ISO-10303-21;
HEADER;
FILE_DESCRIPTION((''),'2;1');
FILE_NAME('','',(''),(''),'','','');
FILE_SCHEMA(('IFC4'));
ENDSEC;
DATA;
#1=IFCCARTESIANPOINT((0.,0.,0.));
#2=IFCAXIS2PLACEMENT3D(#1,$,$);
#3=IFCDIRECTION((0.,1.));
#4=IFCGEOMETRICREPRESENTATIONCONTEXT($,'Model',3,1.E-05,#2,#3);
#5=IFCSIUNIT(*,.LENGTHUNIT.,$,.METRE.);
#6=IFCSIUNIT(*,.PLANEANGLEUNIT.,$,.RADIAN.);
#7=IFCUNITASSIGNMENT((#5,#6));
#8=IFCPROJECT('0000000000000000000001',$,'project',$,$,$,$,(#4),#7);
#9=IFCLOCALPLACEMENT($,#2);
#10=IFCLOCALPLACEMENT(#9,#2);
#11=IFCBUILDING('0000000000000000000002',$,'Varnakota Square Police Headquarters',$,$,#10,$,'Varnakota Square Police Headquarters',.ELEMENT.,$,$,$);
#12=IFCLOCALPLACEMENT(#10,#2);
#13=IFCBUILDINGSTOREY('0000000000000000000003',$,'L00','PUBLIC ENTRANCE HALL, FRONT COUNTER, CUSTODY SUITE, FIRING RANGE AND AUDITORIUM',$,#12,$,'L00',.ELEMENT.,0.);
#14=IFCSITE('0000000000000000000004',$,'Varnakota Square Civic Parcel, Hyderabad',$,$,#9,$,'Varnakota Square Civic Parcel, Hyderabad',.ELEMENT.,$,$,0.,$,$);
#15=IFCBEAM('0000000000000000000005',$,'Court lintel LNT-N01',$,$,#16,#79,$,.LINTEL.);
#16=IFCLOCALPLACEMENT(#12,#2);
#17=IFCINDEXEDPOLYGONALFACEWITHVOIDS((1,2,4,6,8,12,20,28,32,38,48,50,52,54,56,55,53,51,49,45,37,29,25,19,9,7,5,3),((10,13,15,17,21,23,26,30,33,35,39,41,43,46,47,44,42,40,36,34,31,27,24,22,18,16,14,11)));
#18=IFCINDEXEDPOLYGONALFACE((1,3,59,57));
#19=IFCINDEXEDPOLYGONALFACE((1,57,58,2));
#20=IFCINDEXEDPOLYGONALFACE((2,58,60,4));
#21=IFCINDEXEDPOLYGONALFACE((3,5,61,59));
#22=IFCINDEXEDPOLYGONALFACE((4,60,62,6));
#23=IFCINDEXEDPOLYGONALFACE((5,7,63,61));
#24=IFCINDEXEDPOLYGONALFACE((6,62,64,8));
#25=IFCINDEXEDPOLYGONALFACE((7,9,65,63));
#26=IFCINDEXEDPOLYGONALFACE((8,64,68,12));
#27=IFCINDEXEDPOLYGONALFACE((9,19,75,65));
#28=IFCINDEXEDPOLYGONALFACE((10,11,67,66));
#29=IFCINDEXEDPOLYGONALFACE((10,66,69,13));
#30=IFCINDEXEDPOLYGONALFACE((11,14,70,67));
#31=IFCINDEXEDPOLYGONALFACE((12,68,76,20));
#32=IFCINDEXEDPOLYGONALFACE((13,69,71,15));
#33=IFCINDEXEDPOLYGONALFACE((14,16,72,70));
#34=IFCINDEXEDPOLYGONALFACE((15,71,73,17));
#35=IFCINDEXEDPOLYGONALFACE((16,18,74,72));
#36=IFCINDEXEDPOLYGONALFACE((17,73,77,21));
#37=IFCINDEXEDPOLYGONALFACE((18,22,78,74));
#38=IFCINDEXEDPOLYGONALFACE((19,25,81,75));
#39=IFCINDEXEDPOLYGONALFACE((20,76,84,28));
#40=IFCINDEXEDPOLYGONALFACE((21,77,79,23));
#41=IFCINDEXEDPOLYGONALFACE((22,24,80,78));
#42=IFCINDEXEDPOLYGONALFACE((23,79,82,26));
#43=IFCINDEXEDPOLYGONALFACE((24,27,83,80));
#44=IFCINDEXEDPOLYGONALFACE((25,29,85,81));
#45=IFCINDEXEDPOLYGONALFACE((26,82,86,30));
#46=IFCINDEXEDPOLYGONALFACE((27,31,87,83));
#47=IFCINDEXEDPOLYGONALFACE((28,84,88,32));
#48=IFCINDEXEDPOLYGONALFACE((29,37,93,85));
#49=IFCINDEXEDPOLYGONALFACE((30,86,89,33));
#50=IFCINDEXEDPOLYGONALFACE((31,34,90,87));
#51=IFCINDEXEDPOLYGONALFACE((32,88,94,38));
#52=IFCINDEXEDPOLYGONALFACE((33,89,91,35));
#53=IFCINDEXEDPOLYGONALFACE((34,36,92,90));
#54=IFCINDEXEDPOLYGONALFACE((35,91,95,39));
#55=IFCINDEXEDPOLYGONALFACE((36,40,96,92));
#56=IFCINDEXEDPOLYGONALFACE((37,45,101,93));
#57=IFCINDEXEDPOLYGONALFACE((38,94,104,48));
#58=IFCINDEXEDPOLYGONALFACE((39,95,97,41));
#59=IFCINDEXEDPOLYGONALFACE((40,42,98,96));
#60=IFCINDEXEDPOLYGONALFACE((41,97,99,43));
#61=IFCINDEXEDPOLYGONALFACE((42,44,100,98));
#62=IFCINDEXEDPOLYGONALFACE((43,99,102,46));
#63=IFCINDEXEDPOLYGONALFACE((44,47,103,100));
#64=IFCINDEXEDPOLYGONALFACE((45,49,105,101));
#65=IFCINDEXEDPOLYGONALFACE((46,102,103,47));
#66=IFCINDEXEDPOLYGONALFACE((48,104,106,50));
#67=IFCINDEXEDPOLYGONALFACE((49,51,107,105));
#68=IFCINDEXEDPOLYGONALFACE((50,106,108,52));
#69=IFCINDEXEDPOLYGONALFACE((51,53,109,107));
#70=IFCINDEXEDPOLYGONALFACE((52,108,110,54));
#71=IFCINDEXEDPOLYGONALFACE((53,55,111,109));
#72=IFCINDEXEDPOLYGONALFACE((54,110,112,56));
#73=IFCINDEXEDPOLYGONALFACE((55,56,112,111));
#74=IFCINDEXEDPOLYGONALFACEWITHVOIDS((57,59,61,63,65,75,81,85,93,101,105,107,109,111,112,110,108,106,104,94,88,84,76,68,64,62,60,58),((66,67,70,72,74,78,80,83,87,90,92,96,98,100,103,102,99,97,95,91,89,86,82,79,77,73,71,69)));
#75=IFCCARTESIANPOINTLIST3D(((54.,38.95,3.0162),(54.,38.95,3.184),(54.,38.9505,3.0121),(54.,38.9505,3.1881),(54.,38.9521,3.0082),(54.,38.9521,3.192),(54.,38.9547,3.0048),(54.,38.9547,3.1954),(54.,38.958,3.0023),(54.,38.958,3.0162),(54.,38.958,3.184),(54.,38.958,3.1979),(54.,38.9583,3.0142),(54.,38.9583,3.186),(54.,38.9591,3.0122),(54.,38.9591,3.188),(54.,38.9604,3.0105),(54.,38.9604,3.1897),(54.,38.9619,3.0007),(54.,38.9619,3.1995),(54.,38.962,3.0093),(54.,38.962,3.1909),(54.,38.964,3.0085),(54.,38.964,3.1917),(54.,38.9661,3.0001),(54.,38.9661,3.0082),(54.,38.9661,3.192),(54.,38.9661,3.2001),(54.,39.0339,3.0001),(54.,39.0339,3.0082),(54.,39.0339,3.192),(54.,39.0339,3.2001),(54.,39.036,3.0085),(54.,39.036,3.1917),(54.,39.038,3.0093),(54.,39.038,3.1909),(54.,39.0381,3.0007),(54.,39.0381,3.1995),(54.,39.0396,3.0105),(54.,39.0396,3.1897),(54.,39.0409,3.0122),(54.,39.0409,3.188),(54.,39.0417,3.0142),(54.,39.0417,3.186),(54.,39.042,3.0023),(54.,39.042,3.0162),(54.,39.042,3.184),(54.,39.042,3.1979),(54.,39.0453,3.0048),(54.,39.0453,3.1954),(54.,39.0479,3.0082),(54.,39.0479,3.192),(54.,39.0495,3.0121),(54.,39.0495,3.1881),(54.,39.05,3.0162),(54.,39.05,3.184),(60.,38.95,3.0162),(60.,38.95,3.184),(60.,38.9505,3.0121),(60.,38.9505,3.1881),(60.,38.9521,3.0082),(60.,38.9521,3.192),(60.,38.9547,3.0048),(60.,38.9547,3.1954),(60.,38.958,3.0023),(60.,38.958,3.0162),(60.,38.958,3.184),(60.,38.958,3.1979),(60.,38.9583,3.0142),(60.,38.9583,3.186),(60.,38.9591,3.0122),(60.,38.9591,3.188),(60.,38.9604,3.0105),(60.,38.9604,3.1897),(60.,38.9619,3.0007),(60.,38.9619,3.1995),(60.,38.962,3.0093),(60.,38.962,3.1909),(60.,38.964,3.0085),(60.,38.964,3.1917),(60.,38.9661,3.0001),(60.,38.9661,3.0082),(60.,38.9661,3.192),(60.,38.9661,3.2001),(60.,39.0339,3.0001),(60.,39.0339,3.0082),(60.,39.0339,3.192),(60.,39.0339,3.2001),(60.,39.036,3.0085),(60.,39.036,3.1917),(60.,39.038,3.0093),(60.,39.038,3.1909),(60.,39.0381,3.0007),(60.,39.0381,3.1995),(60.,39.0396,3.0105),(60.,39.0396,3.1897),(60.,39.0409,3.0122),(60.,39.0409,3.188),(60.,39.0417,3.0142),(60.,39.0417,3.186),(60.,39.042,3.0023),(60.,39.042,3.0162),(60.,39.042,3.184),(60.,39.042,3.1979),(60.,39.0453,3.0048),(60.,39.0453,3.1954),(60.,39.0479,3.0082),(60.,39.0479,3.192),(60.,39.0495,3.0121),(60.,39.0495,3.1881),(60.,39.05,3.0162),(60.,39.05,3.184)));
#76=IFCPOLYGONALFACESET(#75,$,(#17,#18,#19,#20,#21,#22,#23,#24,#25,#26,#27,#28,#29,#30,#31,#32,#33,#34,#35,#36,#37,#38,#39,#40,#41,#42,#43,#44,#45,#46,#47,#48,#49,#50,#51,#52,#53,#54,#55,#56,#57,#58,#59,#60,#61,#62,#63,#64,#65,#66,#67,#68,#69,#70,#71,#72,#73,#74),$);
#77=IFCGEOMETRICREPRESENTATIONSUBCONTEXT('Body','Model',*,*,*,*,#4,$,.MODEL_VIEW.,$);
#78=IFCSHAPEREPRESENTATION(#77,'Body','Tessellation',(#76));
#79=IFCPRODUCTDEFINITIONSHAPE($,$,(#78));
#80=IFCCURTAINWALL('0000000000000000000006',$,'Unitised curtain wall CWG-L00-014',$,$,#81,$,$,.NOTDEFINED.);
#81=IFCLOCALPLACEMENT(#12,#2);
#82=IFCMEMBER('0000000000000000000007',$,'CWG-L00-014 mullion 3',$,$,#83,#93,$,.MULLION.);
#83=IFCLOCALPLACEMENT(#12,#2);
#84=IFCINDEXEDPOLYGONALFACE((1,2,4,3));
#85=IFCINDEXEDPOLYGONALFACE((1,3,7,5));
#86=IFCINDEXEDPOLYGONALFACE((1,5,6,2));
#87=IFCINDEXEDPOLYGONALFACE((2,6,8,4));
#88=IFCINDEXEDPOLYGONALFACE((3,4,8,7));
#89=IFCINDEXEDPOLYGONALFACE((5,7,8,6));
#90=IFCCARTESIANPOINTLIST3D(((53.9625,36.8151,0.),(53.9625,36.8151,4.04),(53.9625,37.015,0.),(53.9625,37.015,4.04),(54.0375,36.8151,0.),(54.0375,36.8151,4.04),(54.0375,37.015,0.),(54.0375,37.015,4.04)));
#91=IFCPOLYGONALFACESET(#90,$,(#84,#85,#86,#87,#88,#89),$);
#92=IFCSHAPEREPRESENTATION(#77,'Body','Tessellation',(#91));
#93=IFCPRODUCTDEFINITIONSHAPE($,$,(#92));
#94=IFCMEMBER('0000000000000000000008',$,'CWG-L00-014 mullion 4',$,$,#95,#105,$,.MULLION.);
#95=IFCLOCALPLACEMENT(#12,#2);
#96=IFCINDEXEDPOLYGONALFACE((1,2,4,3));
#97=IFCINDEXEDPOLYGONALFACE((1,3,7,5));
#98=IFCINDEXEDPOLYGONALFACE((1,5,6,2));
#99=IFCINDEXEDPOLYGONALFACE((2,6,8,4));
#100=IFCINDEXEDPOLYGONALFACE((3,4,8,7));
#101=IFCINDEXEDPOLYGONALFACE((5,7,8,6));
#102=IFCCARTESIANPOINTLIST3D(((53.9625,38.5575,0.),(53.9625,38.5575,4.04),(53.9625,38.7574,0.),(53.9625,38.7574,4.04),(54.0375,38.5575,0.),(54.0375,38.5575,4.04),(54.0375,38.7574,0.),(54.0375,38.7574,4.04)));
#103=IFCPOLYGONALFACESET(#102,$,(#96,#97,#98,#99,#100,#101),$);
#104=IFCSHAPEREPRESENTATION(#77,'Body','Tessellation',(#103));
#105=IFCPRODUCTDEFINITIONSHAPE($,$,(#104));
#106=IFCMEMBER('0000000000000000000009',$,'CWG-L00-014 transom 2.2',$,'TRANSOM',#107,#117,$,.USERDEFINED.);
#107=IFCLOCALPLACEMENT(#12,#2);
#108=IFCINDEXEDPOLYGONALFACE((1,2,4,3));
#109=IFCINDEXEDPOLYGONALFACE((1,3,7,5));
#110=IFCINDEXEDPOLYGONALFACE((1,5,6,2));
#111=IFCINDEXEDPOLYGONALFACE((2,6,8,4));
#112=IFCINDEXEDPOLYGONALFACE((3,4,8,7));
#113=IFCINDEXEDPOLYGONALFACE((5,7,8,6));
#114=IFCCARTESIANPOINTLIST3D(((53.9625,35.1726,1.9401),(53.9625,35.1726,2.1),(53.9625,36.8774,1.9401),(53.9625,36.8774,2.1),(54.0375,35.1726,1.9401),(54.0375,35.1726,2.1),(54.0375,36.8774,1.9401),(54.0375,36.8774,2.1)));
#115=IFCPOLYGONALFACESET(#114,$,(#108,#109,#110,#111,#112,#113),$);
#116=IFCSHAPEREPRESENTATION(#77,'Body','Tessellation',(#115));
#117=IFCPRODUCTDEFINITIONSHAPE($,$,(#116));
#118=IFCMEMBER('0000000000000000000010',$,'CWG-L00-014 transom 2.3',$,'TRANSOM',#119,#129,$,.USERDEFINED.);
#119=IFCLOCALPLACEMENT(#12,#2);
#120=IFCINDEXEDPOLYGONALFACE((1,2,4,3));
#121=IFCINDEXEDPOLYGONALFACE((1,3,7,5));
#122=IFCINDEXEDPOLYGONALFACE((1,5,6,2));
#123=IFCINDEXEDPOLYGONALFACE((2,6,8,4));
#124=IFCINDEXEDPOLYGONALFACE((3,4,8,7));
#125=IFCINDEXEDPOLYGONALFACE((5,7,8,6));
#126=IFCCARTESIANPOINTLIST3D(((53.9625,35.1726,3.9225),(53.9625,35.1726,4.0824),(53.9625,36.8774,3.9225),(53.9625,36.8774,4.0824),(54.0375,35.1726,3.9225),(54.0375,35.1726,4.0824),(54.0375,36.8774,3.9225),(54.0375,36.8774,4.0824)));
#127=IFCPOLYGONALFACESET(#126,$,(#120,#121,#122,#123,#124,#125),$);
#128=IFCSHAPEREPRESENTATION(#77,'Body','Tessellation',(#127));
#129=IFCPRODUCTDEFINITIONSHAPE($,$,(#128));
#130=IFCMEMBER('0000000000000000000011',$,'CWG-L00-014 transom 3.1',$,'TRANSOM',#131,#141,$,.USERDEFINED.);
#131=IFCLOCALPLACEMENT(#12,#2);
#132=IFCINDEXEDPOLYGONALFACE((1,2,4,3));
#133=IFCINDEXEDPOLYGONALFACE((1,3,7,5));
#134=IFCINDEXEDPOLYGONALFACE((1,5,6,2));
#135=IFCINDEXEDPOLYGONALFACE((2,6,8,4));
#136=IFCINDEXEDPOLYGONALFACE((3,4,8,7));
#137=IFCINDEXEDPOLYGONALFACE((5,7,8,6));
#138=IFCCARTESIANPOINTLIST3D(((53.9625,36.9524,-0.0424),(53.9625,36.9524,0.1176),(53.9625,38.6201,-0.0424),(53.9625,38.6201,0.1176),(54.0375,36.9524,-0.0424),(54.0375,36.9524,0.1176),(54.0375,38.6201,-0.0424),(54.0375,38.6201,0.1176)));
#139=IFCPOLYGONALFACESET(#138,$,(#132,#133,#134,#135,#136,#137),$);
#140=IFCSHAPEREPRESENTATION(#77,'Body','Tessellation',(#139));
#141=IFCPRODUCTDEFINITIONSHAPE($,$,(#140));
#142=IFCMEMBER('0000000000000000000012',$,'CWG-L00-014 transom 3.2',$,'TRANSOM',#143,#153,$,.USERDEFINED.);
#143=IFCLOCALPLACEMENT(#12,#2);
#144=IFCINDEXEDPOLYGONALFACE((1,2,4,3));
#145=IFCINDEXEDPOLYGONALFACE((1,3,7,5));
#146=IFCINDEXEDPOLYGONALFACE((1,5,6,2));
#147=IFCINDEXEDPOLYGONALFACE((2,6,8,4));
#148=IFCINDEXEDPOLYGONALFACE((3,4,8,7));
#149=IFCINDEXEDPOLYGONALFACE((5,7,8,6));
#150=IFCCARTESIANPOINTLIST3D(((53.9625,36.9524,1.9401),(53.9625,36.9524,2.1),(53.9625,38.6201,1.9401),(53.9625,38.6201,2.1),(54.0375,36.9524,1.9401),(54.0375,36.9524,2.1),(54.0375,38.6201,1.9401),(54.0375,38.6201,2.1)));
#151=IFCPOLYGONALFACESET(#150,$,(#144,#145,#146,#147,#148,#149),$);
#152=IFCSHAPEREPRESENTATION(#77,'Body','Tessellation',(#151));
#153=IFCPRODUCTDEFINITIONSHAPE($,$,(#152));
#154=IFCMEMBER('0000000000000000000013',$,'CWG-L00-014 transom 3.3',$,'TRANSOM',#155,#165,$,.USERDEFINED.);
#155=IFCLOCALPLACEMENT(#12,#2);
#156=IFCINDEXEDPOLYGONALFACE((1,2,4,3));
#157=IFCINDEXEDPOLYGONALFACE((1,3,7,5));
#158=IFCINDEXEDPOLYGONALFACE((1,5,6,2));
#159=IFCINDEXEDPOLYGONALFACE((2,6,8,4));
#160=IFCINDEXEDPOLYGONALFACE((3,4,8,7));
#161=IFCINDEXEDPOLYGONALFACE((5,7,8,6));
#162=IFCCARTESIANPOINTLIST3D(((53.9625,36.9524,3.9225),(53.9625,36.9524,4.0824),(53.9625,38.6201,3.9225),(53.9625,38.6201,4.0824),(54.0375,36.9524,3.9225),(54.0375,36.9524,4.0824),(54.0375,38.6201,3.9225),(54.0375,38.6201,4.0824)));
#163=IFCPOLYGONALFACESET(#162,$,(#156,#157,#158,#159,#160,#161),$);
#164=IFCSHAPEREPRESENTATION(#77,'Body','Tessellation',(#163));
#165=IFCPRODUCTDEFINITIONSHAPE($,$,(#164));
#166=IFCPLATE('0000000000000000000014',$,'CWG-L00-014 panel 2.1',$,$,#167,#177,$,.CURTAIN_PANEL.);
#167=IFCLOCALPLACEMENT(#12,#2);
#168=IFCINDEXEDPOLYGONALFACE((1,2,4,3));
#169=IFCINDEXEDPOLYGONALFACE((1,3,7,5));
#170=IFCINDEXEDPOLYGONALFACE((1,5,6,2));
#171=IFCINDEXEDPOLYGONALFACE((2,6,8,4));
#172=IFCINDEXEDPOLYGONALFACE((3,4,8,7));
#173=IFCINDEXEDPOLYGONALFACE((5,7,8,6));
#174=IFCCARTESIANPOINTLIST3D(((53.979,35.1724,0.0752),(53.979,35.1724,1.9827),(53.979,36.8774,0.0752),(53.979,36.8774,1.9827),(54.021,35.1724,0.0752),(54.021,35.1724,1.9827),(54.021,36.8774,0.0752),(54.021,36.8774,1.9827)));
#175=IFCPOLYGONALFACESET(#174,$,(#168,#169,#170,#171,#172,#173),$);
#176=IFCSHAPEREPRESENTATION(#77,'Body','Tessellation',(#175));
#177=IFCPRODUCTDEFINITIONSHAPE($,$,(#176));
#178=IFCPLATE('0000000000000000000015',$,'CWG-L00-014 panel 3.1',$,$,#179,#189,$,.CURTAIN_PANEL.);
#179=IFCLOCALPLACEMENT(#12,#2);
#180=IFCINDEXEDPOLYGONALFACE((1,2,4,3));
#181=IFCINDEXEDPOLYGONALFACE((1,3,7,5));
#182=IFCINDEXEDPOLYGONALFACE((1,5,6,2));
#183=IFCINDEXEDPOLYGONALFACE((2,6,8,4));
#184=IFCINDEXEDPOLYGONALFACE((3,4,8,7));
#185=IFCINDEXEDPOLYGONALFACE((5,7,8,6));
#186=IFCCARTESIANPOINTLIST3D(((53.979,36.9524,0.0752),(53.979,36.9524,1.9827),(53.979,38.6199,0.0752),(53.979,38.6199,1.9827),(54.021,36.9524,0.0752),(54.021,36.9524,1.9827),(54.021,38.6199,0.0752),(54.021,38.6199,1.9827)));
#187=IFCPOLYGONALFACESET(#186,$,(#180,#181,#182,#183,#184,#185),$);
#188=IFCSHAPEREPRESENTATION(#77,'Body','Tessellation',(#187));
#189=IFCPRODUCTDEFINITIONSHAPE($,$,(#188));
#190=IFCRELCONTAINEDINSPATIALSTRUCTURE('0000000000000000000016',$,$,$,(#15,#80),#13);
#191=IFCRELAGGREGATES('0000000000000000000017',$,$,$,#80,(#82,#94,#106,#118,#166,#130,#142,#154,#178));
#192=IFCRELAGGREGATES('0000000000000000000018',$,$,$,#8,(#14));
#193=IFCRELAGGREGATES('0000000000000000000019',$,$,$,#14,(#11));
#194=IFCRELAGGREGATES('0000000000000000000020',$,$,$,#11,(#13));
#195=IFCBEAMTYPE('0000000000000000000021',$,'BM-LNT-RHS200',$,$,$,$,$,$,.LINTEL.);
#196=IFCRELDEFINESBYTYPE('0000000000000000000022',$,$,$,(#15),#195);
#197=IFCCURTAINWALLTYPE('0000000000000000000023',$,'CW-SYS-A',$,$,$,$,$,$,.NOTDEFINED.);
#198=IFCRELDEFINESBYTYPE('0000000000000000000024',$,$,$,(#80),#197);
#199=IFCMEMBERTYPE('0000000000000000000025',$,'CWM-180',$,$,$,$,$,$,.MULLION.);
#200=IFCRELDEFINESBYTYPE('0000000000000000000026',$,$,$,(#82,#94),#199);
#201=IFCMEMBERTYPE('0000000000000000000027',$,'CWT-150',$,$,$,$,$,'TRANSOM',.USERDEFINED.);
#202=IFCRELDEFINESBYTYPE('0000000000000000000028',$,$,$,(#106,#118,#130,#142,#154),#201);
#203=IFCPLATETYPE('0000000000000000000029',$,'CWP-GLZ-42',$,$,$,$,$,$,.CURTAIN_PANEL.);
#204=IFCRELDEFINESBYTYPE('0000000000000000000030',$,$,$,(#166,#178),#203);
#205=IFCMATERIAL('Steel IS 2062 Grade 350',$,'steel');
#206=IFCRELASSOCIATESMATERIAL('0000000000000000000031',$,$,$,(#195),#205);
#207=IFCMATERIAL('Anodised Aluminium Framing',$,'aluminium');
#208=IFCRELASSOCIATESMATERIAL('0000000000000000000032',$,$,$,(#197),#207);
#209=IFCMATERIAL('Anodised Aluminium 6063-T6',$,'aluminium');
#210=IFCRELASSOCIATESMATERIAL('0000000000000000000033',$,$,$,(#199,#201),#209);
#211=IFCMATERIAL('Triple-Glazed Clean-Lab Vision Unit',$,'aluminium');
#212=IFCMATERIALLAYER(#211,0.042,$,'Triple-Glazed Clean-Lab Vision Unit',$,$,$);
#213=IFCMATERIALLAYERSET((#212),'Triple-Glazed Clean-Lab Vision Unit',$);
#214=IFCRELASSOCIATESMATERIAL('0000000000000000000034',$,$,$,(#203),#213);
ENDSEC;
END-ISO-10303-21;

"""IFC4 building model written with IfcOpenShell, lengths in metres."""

from ifc_helpers import new_model, si_unit, direction, frame, origin, origin_2d, place, context, subcontext, project, spatial, rectangle, hollow_rectangle, extrude, material, layer, layer_set, material_profile, profile_set, type_object, element, aggregate, save


model = new_model("IFC4")

# Units and contexts
model_context = context("Model", 3, precision=1e-05, world=origin(), true_north=direction((0.0, 1.0)))
body_context = subcontext(model_context, "Body", "Model", "MODEL_VIEW")
ifc_project = project(units=[si_unit("LENGTHUNIT", "METRE"), si_unit("PLANEANGLEUNIT", "RADIAN")], contexts=[model_context])

# Site, building, storey
site_placement = place(None, origin())
site = spatial("IfcSite", under=ifc_project, at=site_placement, Name="Varnakota Square Civic Parcel, Hyderabad", LongName="Varnakota Square Civic Parcel, Hyderabad", CompositionType="ELEMENT", RefElevation=0.0)
building_placement = place(site_placement, origin())
building = spatial("IfcBuilding", under=site, at=building_placement, Name="Varnakota Square Police Headquarters", LongName="Varnakota Square Police Headquarters", CompositionType="ELEMENT")
storey_placement = place(building_placement, origin())
storey = spatial("IfcBuildingStorey", under=building, at=storey_placement, Name="L00", Description="PUBLIC ENTRANCE HALL, FRONT COUNTER, CUSTODY SUITE, FIRING RANGE AND AUDITORIUM", LongName="L00", CompositionType="ELEMENT", Elevation=0.0)

# Beam
ifc_material_1 = material(Name="Steel IS 2062 Grade 350", Category="steel")
ifc_material_profile_1 = material_profile(ifc_material_1, hollow_rectangle(XDim=0.1001, YDim=0.2, WallThickness=0.0081, InnerFilletRadius=0.0081, OuterFilletRadius=0.0161, at=origin_2d()), Name="RHS 200x100x8")
ifc_profile_set_1 = profile_set([ifc_material_profile_1], Name="Steel IS 2062 Grade 350")
beam_type_1 = type_object("IfcBeamType", Name="BM-LNT-RHS200", PredefinedType="LINTEL", material=ifc_profile_set_1)
beam_1_placement = place(storey_placement, frame((54.0, 39.0, 3.1001), z_axis=(1.0, 0.0, 0.0), x_axis=(0.0, 1.0, 0.0)))
element("IfcBeam", 1, at=beam_1_placement, inside=storey, type_object=beam_type_1, Name="Court lintel LNT-N01", PredefinedType="LINTEL", context=body_context, shape_type="SweptSolid", body=[
    extrude(hollow_rectangle(XDim=0.1001, YDim=0.2, WallThickness=0.0081, InnerFilletRadius=0.0081, OuterFilletRadius=0.0161, at=origin_2d()), origin(), (0.0, 0.0, 1.0), 6.0),
])

# Curtain wall, members, plates
ifc_material_2 = material(Name="Anodised Aluminium Framing", Category="aluminium")
curtain_wall_type = type_object("IfcCurtainWallType", Name="CW-SYS-A", PredefinedType="NOTDEFINED", material=ifc_material_2)
curtain_wall_placement = place(storey_placement, origin())
curtain_wall = element("IfcCurtainWall", 2, at=curtain_wall_placement, inside=storey, type_object=curtain_wall_type, Name="Unitised curtain wall CWG-L00-014", PredefinedType="NOTDEFINED")
ifc_material_3 = material(Name="Anodised Aluminium 6063-T6", Category="aluminium")
ifc_material_profile_2 = material_profile(ifc_material_3, rectangle(XDim=0.075, YDim=0.2, at=origin_2d()), Name="ALU MULLION 75x200")
ifc_profile_set_2 = profile_set([ifc_material_profile_2], Name="Anodised Aluminium 6063-T6")
member_type_1 = type_object("IfcMemberType", Name="CWM-180", PredefinedType="MULLION", material=ifc_profile_set_2)
member_1_placement = place(storey_placement, frame((54.0, 36.915, 0.0), z_axis=(0.0, 0.0, 1.0), x_axis=(-1.0, 0.0, 0.0)))
member_1 = element("IfcMember", 3, at=member_1_placement, type_object=member_type_1, Name="CWG-L00-014 mullion 3", PredefinedType="MULLION", context=body_context, shape_type="SweptSolid", body=[
    extrude(rectangle(XDim=0.075, YDim=0.2, at=origin_2d()), origin(), (0.0, 0.0, 1.0), 4.04),
])
member_2_placement = place(storey_placement, frame((54.0, 38.6575, 0.0), z_axis=(0.0, 0.0, 1.0), x_axis=(-1.0, 0.0, 0.0)))
member_2 = element("IfcMember", 4, at=member_2_placement, type_object=member_type_1, Name="CWG-L00-014 mullion 4", PredefinedType="MULLION", context=body_context, shape_type="SweptSolid", body=[
    extrude(rectangle(XDim=0.075, YDim=0.2, at=origin_2d()), origin(), (0.0, 0.0, 1.0), 4.04),
])
ifc_material_profile_3 = material_profile(ifc_material_3, rectangle(XDim=0.075, YDim=0.1599, at=origin_2d()), Name="ALU TRANSOM 75x160")
ifc_profile_set_3 = profile_set([ifc_material_profile_3], Name="Anodised Aluminium 6063-T6")
member_type_2 = type_object("IfcMemberType", Name="CWT-150", ElementType="TRANSOM", PredefinedType="USERDEFINED", material=ifc_profile_set_3)
member_3_placement = place(storey_placement, frame((54.0, 35.1726, 2.02), z_axis=(0.0, 1.0, 0.0), x_axis=(-1.0, 0.0, 0.0)))
member_3 = element("IfcMember", 5, at=member_3_placement, type_object=member_type_2, Name="CWG-L00-014 transom 2.2", ObjectType="TRANSOM", PredefinedType="USERDEFINED", context=body_context, shape_type="SweptSolid", body=[
    extrude(rectangle(XDim=0.075, YDim=0.1599, at=origin_2d()), origin(), (0.0, 0.0, 1.0), 1.7048),
])
member_4_placement = place(storey_placement, frame((54.0, 35.1726, 4.0024), z_axis=(0.0, 1.0, 0.0), x_axis=(-1.0, 0.0, 0.0)))
member_4 = element("IfcMember", 6, at=member_4_placement, type_object=member_type_2, Name="CWG-L00-014 transom 2.3", ObjectType="TRANSOM", PredefinedType="USERDEFINED", context=body_context, shape_type="SweptSolid", body=[
    extrude(rectangle(XDim=0.075, YDim=0.1599, at=origin_2d()), origin(), (0.0, 0.0, 1.0), 1.7048),
])
member_5_placement = place(storey_placement, frame((54.0, 36.9524, 0.0376), z_axis=(0.0, 1.0, 0.0), x_axis=(-1.0, 0.0, 0.0)))
member_5 = element("IfcMember", 7, at=member_5_placement, type_object=member_type_2, Name="CWG-L00-014 transom 3.1", ObjectType="TRANSOM", PredefinedType="USERDEFINED", context=body_context, shape_type="SweptSolid", body=[
    extrude(rectangle(XDim=0.075, YDim=0.1599, at=origin_2d()), origin(), (0.0, 0.0, 1.0), 1.6677),
])
member_6_placement = place(storey_placement, frame((54.0, 36.9524, 2.02), z_axis=(0.0, 1.0, 0.0), x_axis=(-1.0, 0.0, 0.0)))
member_6 = element("IfcMember", 8, at=member_6_placement, type_object=member_type_2, Name="CWG-L00-014 transom 3.2", ObjectType="TRANSOM", PredefinedType="USERDEFINED", context=body_context, shape_type="SweptSolid", body=[
    extrude(rectangle(XDim=0.075, YDim=0.1599, at=origin_2d()), origin(), (0.0, 0.0, 1.0), 1.6677),
])
member_7_placement = place(storey_placement, frame((54.0, 36.9524, 4.0024), z_axis=(0.0, 1.0, 0.0), x_axis=(-1.0, 0.0, 0.0)))
member_7 = element("IfcMember", 9, at=member_7_placement, type_object=member_type_2, Name="CWG-L00-014 transom 3.3", ObjectType="TRANSOM", PredefinedType="USERDEFINED", context=body_context, shape_type="SweptSolid", body=[
    extrude(rectangle(XDim=0.075, YDim=0.1599, at=origin_2d()), origin(), (0.0, 0.0, 1.0), 1.6677),
])
ifc_material_4 = material(Name="Triple-Glazed Clean-Lab Vision Unit", Category="aluminium")
ifc_layer_1 = layer(ifc_material_4, 0.042, Name="Triple-Glazed Clean-Lab Vision Unit")
ifc_layer_set_1 = layer_set([ifc_layer_1], Name="Triple-Glazed Clean-Lab Vision Unit")
plate_type_1 = type_object("IfcPlateType", Name="CWP-GLZ-42", PredefinedType="CURTAIN_PANEL", material=ifc_layer_set_1)
plate_1_placement = place(storey_placement, frame((54.0, 36.0249, 0.0752), z_axis=(0.0, 0.0, 1.0), x_axis=(0.0, 1.0, 0.0)))
plate_1 = element("IfcPlate", 10, at=plate_1_placement, type_object=plate_type_1, Name="CWG-L00-014 panel 2.1", PredefinedType="CURTAIN_PANEL", context=body_context, shape_type="SweptSolid", body=[
    extrude(rectangle(XDim=1.7051, YDim=0.042, at=origin_2d()), origin(), (0.0, 0.0, 1.0), 1.9075),
])
plate_2_placement = place(storey_placement, frame((54.0, 37.7861, 0.0752), z_axis=(0.0, 0.0, 1.0), x_axis=(0.0, 1.0, 0.0)))
plate_2 = element("IfcPlate", 11, at=plate_2_placement, type_object=plate_type_1, Name="CWG-L00-014 panel 3.1", PredefinedType="CURTAIN_PANEL", context=body_context, shape_type="SweptSolid", body=[
    extrude(rectangle(XDim=1.6675, YDim=0.042, at=origin_2d()), origin(), (0.0, 0.0, 1.0), 1.9075),
])
aggregate(curtain_wall, [member_1, member_2, member_3, member_4, plate_1, member_5, member_6, member_7, plate_2])

save(model, "model.ifc")
